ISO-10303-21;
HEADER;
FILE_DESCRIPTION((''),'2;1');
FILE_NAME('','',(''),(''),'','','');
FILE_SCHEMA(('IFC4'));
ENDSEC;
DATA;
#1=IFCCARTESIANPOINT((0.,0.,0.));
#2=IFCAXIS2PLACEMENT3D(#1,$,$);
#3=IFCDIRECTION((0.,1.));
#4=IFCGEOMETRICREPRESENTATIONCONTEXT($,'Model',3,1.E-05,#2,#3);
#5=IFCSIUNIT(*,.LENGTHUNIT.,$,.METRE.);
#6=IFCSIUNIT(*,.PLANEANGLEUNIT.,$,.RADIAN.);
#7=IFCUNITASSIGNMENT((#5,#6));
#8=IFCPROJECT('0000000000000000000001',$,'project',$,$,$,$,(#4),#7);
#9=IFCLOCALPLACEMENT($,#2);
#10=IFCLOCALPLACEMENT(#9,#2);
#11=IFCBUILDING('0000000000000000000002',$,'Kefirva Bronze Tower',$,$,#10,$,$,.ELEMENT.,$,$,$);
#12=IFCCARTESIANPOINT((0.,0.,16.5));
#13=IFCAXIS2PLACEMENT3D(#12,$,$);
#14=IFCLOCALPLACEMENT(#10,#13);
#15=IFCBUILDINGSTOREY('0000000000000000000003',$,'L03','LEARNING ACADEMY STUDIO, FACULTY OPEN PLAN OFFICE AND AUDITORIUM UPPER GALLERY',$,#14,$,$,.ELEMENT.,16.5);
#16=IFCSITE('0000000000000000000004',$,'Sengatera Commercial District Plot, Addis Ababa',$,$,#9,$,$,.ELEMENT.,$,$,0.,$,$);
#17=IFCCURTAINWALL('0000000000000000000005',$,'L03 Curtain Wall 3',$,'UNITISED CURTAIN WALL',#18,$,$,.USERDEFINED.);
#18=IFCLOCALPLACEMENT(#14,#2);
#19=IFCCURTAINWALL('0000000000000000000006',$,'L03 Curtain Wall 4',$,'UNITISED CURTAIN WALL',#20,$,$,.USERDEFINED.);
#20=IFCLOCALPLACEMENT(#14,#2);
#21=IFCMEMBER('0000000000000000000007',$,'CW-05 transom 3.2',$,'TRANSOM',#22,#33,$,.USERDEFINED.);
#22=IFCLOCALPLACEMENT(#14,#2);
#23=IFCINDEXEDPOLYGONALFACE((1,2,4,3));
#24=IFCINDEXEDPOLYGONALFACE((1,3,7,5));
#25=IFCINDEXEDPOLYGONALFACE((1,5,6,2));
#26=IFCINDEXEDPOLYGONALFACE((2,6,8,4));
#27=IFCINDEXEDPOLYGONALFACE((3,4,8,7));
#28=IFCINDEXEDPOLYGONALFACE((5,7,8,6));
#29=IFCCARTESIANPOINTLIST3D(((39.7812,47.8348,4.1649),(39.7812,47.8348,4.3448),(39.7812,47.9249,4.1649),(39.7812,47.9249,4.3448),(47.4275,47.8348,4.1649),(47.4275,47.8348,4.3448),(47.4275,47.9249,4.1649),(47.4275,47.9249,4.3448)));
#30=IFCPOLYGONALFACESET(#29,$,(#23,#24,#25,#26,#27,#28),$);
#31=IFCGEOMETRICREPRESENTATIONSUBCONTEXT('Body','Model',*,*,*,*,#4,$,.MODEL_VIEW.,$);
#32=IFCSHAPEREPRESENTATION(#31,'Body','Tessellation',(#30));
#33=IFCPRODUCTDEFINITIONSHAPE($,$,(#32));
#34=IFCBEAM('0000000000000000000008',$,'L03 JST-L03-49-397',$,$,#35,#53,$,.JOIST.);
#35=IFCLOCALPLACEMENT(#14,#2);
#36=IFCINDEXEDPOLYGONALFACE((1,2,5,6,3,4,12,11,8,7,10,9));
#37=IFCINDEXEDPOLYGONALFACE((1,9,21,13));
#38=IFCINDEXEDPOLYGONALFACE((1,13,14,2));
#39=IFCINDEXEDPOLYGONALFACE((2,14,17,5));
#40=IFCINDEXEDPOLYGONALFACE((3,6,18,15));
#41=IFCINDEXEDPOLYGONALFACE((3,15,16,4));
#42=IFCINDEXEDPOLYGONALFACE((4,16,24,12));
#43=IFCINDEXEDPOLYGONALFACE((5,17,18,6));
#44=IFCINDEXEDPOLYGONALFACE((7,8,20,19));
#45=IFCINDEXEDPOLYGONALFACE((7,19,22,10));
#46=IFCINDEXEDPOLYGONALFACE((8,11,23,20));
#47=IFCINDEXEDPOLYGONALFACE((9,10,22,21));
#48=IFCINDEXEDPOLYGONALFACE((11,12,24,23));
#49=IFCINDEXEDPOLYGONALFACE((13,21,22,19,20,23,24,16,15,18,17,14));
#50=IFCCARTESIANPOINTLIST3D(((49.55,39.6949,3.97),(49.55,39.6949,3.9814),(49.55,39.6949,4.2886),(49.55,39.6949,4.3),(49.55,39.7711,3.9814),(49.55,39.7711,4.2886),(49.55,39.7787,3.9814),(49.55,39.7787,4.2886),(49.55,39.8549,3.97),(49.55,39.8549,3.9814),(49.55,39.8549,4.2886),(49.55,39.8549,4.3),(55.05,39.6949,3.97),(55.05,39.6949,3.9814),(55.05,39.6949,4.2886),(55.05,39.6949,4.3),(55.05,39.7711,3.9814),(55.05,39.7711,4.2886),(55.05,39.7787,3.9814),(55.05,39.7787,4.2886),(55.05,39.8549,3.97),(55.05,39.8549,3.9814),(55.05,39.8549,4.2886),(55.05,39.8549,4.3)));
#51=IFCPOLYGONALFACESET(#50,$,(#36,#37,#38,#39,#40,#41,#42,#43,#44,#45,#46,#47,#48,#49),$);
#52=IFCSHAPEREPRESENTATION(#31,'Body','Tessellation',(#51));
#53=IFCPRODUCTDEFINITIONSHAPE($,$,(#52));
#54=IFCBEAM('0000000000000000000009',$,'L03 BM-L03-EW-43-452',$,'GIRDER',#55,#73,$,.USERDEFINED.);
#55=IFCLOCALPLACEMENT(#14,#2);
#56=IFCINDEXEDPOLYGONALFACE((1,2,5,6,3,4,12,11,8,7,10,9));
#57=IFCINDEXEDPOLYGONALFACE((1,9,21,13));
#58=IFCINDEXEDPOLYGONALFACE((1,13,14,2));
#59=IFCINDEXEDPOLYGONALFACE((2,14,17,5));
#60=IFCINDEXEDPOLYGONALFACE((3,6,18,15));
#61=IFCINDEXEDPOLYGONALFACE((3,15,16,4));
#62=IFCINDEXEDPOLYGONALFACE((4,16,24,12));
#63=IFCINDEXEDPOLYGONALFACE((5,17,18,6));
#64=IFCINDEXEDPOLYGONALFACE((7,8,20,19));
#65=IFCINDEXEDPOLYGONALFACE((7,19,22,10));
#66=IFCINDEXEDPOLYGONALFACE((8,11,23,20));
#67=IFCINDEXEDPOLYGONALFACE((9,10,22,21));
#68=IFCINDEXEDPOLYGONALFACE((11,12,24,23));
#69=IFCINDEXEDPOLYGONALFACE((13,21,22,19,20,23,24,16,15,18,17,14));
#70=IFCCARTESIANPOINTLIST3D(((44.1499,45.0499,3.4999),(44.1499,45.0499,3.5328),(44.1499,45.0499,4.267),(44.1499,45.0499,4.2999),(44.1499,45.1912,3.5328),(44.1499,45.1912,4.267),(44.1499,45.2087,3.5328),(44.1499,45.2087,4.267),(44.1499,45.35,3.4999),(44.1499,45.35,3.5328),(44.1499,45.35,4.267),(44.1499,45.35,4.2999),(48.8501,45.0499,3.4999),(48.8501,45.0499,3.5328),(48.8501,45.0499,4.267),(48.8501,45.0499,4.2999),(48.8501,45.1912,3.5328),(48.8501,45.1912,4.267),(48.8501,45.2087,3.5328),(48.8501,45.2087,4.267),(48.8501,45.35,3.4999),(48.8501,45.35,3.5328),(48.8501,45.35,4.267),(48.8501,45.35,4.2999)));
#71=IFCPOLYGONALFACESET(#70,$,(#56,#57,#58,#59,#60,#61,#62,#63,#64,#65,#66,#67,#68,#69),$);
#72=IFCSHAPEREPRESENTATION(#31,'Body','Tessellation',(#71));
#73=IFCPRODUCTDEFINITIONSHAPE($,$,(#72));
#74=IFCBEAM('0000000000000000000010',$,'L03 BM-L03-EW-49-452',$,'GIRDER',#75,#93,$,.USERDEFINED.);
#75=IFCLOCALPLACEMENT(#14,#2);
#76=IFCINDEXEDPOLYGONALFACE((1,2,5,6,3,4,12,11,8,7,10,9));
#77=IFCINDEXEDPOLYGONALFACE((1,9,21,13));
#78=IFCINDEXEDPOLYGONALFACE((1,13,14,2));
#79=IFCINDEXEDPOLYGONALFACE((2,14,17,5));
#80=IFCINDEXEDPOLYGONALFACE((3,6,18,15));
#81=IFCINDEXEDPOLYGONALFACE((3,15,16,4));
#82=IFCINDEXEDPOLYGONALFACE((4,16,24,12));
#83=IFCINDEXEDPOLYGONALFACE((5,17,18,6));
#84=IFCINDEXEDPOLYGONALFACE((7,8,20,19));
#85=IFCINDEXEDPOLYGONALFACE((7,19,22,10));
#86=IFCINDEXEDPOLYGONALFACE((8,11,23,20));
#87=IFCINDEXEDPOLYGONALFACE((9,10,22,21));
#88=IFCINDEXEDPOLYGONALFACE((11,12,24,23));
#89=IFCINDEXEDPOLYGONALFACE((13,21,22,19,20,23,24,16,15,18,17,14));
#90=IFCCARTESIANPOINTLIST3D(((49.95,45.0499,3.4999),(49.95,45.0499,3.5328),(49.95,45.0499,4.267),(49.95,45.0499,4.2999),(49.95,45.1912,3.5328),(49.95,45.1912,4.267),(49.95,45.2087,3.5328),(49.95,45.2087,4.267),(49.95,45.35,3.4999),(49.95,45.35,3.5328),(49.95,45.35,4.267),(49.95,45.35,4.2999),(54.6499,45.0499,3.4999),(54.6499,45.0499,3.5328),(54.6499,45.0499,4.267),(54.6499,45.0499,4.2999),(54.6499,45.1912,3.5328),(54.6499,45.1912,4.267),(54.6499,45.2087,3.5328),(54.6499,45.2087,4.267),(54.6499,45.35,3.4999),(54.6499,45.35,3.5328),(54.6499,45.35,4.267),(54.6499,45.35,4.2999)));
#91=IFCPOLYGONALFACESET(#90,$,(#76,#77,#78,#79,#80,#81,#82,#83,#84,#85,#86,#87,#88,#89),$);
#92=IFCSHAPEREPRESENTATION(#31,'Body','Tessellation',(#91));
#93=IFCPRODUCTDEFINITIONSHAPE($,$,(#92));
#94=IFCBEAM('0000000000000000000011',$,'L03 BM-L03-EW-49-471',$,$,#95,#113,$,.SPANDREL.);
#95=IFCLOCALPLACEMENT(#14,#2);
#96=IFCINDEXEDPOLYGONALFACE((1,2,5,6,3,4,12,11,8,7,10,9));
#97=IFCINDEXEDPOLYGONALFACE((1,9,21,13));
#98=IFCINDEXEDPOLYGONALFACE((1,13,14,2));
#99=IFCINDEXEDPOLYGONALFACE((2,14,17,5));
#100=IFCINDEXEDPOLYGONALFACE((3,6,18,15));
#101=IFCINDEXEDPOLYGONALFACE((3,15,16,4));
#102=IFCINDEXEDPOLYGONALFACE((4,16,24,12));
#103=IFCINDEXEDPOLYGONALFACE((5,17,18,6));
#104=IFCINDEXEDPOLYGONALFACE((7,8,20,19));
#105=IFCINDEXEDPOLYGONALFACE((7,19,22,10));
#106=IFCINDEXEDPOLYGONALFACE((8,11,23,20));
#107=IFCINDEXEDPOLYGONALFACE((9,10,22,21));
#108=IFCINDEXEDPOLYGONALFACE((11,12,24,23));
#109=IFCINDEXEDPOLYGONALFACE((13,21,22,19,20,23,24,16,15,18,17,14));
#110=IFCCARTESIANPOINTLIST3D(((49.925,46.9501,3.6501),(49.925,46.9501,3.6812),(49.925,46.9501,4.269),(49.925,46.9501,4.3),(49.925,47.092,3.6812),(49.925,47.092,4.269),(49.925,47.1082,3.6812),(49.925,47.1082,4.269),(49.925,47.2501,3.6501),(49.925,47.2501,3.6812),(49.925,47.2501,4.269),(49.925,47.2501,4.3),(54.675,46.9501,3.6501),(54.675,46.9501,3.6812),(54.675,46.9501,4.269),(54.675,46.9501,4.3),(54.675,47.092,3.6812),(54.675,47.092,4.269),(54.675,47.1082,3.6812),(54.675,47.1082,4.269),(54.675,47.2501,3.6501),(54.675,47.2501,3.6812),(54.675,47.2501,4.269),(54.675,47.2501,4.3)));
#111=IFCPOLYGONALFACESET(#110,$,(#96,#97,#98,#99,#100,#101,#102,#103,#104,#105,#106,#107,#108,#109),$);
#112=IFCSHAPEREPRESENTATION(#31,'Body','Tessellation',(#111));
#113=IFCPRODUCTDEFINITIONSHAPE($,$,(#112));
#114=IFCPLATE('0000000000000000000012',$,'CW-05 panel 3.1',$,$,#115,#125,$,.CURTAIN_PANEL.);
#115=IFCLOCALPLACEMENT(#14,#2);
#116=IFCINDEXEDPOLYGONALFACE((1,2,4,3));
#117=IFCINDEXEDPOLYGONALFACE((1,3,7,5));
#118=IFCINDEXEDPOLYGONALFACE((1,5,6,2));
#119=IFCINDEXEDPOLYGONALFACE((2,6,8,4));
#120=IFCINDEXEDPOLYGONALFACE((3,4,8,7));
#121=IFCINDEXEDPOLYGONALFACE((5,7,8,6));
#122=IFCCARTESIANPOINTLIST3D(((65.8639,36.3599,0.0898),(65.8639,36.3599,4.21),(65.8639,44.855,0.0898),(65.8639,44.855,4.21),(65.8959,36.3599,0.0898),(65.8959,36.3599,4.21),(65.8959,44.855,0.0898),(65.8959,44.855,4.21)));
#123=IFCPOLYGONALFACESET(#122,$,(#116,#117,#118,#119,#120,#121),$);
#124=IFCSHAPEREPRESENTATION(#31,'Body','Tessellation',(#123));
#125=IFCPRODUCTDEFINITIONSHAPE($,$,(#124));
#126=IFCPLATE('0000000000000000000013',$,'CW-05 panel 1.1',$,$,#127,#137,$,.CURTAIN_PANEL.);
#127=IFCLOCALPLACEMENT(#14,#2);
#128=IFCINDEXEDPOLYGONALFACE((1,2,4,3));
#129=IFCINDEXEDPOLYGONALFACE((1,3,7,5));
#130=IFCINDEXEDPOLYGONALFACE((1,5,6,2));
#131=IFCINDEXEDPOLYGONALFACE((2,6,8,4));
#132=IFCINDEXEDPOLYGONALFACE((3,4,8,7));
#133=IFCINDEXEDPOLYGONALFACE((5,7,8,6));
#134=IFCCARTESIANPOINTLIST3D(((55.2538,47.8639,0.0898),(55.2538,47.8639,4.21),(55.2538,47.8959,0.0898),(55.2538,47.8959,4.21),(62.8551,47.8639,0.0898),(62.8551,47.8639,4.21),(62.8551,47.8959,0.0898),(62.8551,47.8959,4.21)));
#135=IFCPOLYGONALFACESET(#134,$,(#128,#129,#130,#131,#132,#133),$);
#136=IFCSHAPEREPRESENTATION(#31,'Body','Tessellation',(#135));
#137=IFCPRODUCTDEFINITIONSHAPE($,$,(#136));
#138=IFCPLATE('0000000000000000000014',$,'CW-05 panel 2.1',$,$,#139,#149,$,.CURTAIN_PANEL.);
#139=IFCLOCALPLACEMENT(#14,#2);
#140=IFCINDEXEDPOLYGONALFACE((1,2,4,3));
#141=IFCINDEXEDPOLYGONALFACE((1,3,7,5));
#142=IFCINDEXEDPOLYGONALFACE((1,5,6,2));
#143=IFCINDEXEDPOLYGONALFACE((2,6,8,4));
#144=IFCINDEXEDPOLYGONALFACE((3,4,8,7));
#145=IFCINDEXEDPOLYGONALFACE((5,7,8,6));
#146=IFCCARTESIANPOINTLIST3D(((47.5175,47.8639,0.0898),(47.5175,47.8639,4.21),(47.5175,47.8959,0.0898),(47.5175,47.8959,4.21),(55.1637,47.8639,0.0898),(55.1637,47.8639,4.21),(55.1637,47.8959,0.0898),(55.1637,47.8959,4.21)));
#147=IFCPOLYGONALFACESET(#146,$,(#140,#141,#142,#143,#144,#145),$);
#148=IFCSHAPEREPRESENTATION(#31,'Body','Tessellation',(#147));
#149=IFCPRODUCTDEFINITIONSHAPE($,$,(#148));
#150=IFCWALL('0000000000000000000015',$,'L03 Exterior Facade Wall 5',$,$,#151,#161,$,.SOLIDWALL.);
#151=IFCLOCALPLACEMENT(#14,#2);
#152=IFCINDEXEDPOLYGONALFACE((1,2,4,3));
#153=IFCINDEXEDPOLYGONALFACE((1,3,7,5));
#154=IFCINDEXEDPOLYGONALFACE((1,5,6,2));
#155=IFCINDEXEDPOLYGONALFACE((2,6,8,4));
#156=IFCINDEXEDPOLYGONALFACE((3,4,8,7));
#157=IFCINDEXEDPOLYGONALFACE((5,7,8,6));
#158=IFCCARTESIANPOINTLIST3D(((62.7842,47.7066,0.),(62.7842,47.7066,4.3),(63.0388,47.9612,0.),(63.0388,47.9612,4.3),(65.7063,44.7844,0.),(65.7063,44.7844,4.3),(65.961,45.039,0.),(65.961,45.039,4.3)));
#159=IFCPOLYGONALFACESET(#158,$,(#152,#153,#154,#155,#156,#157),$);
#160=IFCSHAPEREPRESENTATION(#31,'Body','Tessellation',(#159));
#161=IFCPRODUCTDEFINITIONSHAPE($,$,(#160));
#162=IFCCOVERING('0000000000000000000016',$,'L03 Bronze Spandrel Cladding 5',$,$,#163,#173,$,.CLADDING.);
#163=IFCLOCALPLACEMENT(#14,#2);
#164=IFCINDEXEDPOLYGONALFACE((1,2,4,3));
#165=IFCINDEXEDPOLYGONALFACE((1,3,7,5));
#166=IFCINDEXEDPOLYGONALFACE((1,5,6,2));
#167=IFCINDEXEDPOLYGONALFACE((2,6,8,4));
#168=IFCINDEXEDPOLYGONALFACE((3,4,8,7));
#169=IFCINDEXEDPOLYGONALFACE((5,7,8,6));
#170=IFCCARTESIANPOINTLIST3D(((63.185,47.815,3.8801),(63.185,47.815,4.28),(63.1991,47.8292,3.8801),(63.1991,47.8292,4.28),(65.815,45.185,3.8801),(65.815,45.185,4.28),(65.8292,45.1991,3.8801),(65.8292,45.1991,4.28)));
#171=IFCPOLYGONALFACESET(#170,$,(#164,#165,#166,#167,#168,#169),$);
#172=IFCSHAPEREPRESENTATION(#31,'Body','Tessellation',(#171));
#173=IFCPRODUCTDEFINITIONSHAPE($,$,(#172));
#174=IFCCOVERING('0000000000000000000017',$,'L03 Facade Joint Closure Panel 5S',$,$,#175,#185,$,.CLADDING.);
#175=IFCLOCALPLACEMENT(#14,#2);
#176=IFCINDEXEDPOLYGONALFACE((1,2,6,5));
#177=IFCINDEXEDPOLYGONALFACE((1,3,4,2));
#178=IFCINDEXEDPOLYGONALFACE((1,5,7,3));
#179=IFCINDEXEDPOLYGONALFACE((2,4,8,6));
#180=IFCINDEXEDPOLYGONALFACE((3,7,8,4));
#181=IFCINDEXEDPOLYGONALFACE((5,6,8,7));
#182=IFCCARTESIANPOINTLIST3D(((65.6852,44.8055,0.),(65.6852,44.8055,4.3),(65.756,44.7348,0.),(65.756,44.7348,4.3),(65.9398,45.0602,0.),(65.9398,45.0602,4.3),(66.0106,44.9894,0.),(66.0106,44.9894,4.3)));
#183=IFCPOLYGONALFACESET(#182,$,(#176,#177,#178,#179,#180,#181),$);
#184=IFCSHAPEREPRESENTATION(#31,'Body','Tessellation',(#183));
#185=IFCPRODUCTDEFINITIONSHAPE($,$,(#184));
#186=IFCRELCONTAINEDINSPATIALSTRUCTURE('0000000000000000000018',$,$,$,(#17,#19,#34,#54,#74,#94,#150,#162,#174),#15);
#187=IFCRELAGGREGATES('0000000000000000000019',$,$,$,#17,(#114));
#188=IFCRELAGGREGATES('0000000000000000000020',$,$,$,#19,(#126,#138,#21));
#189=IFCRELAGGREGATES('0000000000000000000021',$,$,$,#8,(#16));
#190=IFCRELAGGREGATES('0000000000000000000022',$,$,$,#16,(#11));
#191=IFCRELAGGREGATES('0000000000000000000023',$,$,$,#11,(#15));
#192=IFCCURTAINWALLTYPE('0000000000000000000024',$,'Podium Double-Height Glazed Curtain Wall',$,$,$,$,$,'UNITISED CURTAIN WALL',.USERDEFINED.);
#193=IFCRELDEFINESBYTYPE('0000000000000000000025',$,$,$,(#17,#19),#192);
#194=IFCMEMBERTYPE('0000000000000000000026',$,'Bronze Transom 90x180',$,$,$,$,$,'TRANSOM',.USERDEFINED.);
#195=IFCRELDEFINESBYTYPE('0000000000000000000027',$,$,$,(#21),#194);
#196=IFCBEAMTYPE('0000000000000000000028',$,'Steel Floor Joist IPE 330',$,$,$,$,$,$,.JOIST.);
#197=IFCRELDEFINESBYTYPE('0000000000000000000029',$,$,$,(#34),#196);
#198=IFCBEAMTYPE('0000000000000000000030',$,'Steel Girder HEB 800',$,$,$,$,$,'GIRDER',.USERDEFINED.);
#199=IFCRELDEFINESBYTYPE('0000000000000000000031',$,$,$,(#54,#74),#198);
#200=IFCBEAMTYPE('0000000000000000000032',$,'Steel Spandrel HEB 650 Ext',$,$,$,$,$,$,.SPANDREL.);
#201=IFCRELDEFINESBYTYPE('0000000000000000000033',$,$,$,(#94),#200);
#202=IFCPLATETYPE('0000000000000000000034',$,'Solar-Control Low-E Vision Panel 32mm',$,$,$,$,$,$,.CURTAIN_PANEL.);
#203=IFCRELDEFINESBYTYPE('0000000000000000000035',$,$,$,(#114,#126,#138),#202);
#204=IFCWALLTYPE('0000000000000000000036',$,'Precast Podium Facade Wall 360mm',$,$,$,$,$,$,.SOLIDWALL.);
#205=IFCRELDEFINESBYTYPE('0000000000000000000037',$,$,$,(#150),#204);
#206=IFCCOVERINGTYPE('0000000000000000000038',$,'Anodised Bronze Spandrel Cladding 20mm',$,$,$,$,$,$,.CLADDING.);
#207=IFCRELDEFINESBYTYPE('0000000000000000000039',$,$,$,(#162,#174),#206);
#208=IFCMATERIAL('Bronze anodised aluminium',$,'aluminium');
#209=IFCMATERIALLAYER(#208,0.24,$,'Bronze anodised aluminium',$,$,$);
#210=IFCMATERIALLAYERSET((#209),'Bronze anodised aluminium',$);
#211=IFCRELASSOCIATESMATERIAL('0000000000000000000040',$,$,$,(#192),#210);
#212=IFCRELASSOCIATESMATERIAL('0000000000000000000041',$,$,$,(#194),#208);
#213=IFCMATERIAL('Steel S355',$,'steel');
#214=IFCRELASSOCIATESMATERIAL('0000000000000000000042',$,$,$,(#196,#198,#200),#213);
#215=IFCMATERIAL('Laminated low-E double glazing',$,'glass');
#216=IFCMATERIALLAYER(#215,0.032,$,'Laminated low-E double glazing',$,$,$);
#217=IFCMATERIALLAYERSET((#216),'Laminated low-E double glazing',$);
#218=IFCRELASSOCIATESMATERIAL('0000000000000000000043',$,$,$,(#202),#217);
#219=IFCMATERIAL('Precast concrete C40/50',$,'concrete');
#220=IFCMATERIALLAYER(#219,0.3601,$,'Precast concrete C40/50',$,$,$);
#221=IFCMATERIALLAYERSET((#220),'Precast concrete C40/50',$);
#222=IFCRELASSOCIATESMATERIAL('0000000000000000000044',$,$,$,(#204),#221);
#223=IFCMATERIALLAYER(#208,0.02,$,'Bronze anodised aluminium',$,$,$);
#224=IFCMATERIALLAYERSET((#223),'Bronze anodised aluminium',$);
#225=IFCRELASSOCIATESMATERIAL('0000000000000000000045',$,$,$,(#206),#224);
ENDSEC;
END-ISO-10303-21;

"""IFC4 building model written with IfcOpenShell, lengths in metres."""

from ifc_helpers import new_model, si_unit, direction, frame, frame_2d, origin, origin_2d, place, context, subcontext, project, spatial, rectangle, i_section, extrude, material, layer, layer_set, material_profile, profile_set, type_object, element, aggregate, save


model = new_model("IFC4")

# Units and contexts
model_context = context("Model", 3, precision=1e-05, world=origin(), true_north=direction((0.0, 1.0)))
body_context = subcontext(model_context, "Body", "Model", "MODEL_VIEW")
ifc_project = project(units=[si_unit("LENGTHUNIT", "METRE"), si_unit("PLANEANGLEUNIT", "RADIAN")], contexts=[model_context])

# Site, building, storey
site_placement = place(None, origin())
site = spatial("IfcSite", under=ifc_project, at=site_placement, Name="Sengatera Commercial District Plot, Addis Ababa", CompositionType="ELEMENT", RefElevation=0.0)
building_placement = place(site_placement, origin())
building = spatial("IfcBuilding", under=site, at=building_placement, Name="Kefirva Bronze Tower", CompositionType="ELEMENT")
storey_placement = place(building_placement, frame((0.0, 0.0, 16.5)))
storey = spatial("IfcBuildingStorey", under=building, at=storey_placement, Name="L03", Description="LEARNING ACADEMY STUDIO, FACULTY OPEN PLAN OFFICE AND AUDITORIUM UPPER GALLERY", CompositionType="ELEMENT", Elevation=16.5)

# Curtain wall
ifc_material_1 = material(Name="Bronze anodised aluminium", Category="aluminium")
ifc_layer_1 = layer(ifc_material_1, 0.24, Name="Bronze anodised aluminium")
ifc_layer_set_1 = layer_set([ifc_layer_1], Name="Bronze anodised aluminium")
curtain_wall_type = type_object("IfcCurtainWallType", Name="Podium Double-Height Glazed Curtain Wall", ElementType="UNITISED CURTAIN WALL", PredefinedType="USERDEFINED", material=ifc_layer_set_1)
curtain_wall_1_placement = place(storey_placement, origin())
curtain_wall_1 = element("IfcCurtainWall", 1, at=curtain_wall_1_placement, inside=storey, type_object=curtain_wall_type, Name="L03 Curtain Wall 3", ObjectType="UNITISED CURTAIN WALL", PredefinedType="USERDEFINED")

# Curtain wall
curtain_wall_2_placement = place(storey_placement, origin())
curtain_wall_2 = element("IfcCurtainWall", 2, at=curtain_wall_2_placement, inside=storey, type_object=curtain_wall_type, Name="L03 Curtain Wall 4", ObjectType="UNITISED CURTAIN WALL", PredefinedType="USERDEFINED")

# Member
ifc_material_profile_1 = material_profile(ifc_material_1, rectangle(XDim=0.0901, YDim=0.1799, at=origin_2d()), Name="ALU 90x180")
ifc_profile_set_1 = profile_set([ifc_material_profile_1], Name="Bronze anodised aluminium")
member_type_1 = type_object("IfcMemberType", Name="Bronze Transom 90x180", ElementType="TRANSOM", PredefinedType="USERDEFINED", material=ifc_profile_set_1)
member_1_placement = place(storey_placement, frame((47.4275, 47.8799, 4.2549), z_axis=(-1.0, 0.0, 0.0), x_axis=(0.0, -1.0, 0.0)))
member_1 = element("IfcMember", 3, at=member_1_placement, type_object=member_type_1, Name="CW-05 transom 3.2", ObjectType="TRANSOM", PredefinedType="USERDEFINED", context=body_context, shape_type="SweptSolid", body=[
    extrude(rectangle(XDim=0.0901, YDim=0.1799, at=origin_2d()), origin(), (0.0, 0.0, 1.0), 7.6462),
])

# Beams
ifc_material_2 = material(Name="Steel S355", Category="steel")
ifc_material_profile_2 = material_profile(ifc_material_2, i_section(OverallWidth=0.1599, OverallDepth=0.3301, WebThickness=0.0076, FlangeThickness=0.0115, at=origin_2d()), Name="IPE 330")
ifc_profile_set_2 = profile_set([ifc_material_profile_2], Name="Steel S355")
beam_type_1 = type_object("IfcBeamType", Name="Steel Floor Joist IPE 330", PredefinedType="JOIST", material=ifc_profile_set_2)
beam_1_placement = place(storey_placement, frame((49.55, 39.7749, 4.135), z_axis=(1.0, 0.0, 0.0), x_axis=(0.0, 1.0, 0.0)))
element("IfcBeam", 4, at=beam_1_placement, inside=storey, type_object=beam_type_1, Name="L03 JST-L03-49-397", PredefinedType="JOIST", context=body_context, shape_type="SweptSolid", body=[
    extrude(i_section(OverallWidth=0.1599, OverallDepth=0.3301, WebThickness=0.0076, FlangeThickness=0.0115, at=origin_2d()), origin(), (0.0, 0.0, 1.0), 5.5),
])
ifc_material_profile_3 = material_profile(ifc_material_2, i_section(OverallWidth=0.3, OverallDepth=0.8, WebThickness=0.0176, FlangeThickness=0.033, at=origin_2d()), Name="HEB 800")
ifc_profile_set_3 = profile_set([ifc_material_profile_3], Name="Steel S355")
beam_type_2 = type_object("IfcBeamType", Name="Steel Girder HEB 800", ElementType="GIRDER", PredefinedType="USERDEFINED", material=ifc_profile_set_3)
beam_2_placement = place(storey_placement, frame((44.1499, 45.2, 3.8999), z_axis=(1.0, 0.0, 0.0), x_axis=(0.0, 1.0, 0.0)))
element("IfcBeam", 5, at=beam_2_placement, inside=storey, type_object=beam_type_2, Name="L03 BM-L03-EW-43-452", ObjectType="GIRDER", PredefinedType="USERDEFINED", context=body_context, shape_type="SweptSolid", body=[
    extrude(i_section(OverallWidth=0.3, OverallDepth=0.8, WebThickness=0.0176, FlangeThickness=0.033, at=origin_2d()), origin(), (0.0, 0.0, 1.0), 4.7002),
])
beam_3_placement = place(storey_placement, frame((49.95, 45.2, 3.8999), z_axis=(1.0, 0.0, 0.0), x_axis=(0.0, 1.0, 0.0)))
element("IfcBeam", 6, at=beam_3_placement, inside=storey, type_object=beam_type_2, Name="L03 BM-L03-EW-49-452", ObjectType="GIRDER", PredefinedType="USERDEFINED", context=body_context, shape_type="SweptSolid", body=[
    extrude(i_section(OverallWidth=0.3, OverallDepth=0.8, WebThickness=0.0176, FlangeThickness=0.033, at=origin_2d()), origin(), (0.0, 0.0, 1.0), 4.7),
])
ifc_material_profile_4 = material_profile(ifc_material_2, i_section(OverallWidth=0.3, OverallDepth=0.6499, WebThickness=0.0161, FlangeThickness=0.031, at=origin_2d()), Name="HEB 650")
ifc_profile_set_4 = profile_set([ifc_material_profile_4], Name="Steel S355")
beam_type_3 = type_object("IfcBeamType", Name="Steel Spandrel HEB 650 Ext", PredefinedType="SPANDREL", material=ifc_profile_set_4)
beam_4_placement = place(storey_placement, frame((49.925, 47.1001, 3.9751), z_axis=(1.0, 0.0, 0.0), x_axis=(0.0, 1.0, 0.0)))
element("IfcBeam", 7, at=beam_4_placement, inside=storey, type_object=beam_type_3, Name="L03 BM-L03-EW-49-471", PredefinedType="SPANDREL", context=body_context, shape_type="SweptSolid", body=[
    extrude(i_section(OverallWidth=0.3, OverallDepth=0.6499, WebThickness=0.0161, FlangeThickness=0.031, at=origin_2d()), origin(), (0.0, 0.0, 1.0), 4.75),
])

# Plates
ifc_material_3 = material(Name="Laminated low-E double glazing", Category="glass")
ifc_layer_2 = layer(ifc_material_3, 0.032, Name="Laminated low-E double glazing")
ifc_layer_set_2 = layer_set([ifc_layer_2], Name="Laminated low-E double glazing")
plate_type = type_object("IfcPlateType", Name="Solar-Control Low-E Vision Panel 32mm", PredefinedType="CURTAIN_PANEL", material=ifc_layer_set_2)
plate_1_placement = place(storey_placement, frame((65.8799, 40.6074, 0.0898), z_axis=(0.0, 0.0, 1.0), x_axis=(0.0, 1.0, 0.0)))
plate_1 = element("IfcPlate", 8, at=plate_1_placement, type_object=plate_type, Name="CW-05 panel 3.1", PredefinedType="CURTAIN_PANEL", context=body_context, shape_type="SweptSolid", body=[
    extrude(rectangle(XDim=8.4951, YDim=0.032, at=origin_2d()), origin(), (0.0, 0.0, 1.0), 4.1201),
])
aggregate(curtain_wall_1, [plate_1])
plate_2_placement = place(storey_placement, frame((59.0544, 47.8799, 0.0898), z_axis=(0.0, 0.0, 1.0), x_axis=(-1.0, 0.0, 0.0)))
plate_2 = element("IfcPlate", 9, at=plate_2_placement, type_object=plate_type, Name="CW-05 panel 1.1", PredefinedType="CURTAIN_PANEL", context=body_context, shape_type="SweptSolid", body=[
    extrude(rectangle(XDim=7.6013, YDim=0.032, at=origin_2d()), origin(), (0.0, 0.0, 1.0), 4.1201),
])
plate_3_placement = place(storey_placement, frame((51.3406, 47.8799, 0.0898), z_axis=(0.0, 0.0, 1.0), x_axis=(-1.0, 0.0, 0.0)))
plate_3 = element("IfcPlate", 10, at=plate_3_placement, type_object=plate_type, Name="CW-05 panel 2.1", PredefinedType="CURTAIN_PANEL", context=body_context, shape_type="SweptSolid", body=[
    extrude(rectangle(XDim=7.6462, YDim=0.032, at=origin_2d()), origin(), (0.0, 0.0, 1.0), 4.1201),
])
aggregate(curtain_wall_2, [plate_2, plate_3, member_1])

# Wall
ifc_material_4 = material(Name="Precast concrete C40/50", Category="concrete")
ifc_layer_3 = layer(ifc_material_4, 0.3601, Name="Precast concrete C40/50")
ifc_layer_set_3 = layer_set([ifc_layer_3], Name="Precast concrete C40/50")
wall_type = type_object("IfcWallType", Name="Precast Podium Facade Wall 360mm", PredefinedType="SOLIDWALL", material=ifc_layer_set_3)
wall_placement = place(storey_placement, frame((65.8337, 44.9116, 0.0), z_axis=(0.0, 0.0, 1.0), x_axis=(-0.707107, 0.707107, 0.0)))
element("IfcWall", 11, at=wall_placement, inside=storey, type_object=wall_type, Name="L03 Exterior Facade Wall 5", PredefinedType="SOLIDWALL", context=body_context, shape_type="SweptSolid", body=[
    extrude(rectangle(XDim=4.1326, YDim=0.3601, at=frame_2d((2.0664, 0.0))), origin(), (0.0, 0.0, 1.0), 4.3),
])

# Coverings
ifc_layer_4 = layer(ifc_material_1, 0.02, Name="Bronze anodised aluminium")
ifc_layer_set_4 = layer_set([ifc_layer_4], Name="Bronze anodised aluminium")
covering_type_1 = type_object("IfcCoveringType", Name="Anodised Bronze Spandrel Cladding 20mm", PredefinedType="CLADDING", material=ifc_layer_set_4)
covering_1_placement = place(storey_placement, frame((64.5071, 46.5071, 3.8801), z_axis=(0.0, 0.0, 1.0), x_axis=(-0.707107, 0.707107, 0.0)))
element("IfcCovering", 12, at=covering_1_placement, inside=storey, type_object=covering_type_1, Name="L03 Bronze Spandrel Cladding 5", PredefinedType="CLADDING", context=body_context, shape_type="SweptSolid", body=[
    extrude(rectangle(XDim=3.7195, YDim=0.02, at=origin_2d()), origin(), (0.0, 0.0, 1.0), 0.3999),
])
for number, where, z_axis, x_axis, name in (
    (13, (65.8479, 44.8975, 0.0), (0.0, 0.0, 1.0), (-0.707107, 0.707107, 0.0), "L03 Facade Joint Closure Panel 5S"),
):
    element("IfcCovering", number, at=place(storey_placement, frame(where, z_axis=z_axis, x_axis=x_axis)), inside=storey, type_object=covering_type_1, Name=name, PredefinedType="CLADDING", context=body_context, shape_type="SweptSolid", body=[
        extrude(rectangle(XDim=0.1001, YDim=0.3601, at=origin_2d()), origin(), (0.0, 0.0, 1.0), 4.3),
    ])

save(model, "model.ifc")
